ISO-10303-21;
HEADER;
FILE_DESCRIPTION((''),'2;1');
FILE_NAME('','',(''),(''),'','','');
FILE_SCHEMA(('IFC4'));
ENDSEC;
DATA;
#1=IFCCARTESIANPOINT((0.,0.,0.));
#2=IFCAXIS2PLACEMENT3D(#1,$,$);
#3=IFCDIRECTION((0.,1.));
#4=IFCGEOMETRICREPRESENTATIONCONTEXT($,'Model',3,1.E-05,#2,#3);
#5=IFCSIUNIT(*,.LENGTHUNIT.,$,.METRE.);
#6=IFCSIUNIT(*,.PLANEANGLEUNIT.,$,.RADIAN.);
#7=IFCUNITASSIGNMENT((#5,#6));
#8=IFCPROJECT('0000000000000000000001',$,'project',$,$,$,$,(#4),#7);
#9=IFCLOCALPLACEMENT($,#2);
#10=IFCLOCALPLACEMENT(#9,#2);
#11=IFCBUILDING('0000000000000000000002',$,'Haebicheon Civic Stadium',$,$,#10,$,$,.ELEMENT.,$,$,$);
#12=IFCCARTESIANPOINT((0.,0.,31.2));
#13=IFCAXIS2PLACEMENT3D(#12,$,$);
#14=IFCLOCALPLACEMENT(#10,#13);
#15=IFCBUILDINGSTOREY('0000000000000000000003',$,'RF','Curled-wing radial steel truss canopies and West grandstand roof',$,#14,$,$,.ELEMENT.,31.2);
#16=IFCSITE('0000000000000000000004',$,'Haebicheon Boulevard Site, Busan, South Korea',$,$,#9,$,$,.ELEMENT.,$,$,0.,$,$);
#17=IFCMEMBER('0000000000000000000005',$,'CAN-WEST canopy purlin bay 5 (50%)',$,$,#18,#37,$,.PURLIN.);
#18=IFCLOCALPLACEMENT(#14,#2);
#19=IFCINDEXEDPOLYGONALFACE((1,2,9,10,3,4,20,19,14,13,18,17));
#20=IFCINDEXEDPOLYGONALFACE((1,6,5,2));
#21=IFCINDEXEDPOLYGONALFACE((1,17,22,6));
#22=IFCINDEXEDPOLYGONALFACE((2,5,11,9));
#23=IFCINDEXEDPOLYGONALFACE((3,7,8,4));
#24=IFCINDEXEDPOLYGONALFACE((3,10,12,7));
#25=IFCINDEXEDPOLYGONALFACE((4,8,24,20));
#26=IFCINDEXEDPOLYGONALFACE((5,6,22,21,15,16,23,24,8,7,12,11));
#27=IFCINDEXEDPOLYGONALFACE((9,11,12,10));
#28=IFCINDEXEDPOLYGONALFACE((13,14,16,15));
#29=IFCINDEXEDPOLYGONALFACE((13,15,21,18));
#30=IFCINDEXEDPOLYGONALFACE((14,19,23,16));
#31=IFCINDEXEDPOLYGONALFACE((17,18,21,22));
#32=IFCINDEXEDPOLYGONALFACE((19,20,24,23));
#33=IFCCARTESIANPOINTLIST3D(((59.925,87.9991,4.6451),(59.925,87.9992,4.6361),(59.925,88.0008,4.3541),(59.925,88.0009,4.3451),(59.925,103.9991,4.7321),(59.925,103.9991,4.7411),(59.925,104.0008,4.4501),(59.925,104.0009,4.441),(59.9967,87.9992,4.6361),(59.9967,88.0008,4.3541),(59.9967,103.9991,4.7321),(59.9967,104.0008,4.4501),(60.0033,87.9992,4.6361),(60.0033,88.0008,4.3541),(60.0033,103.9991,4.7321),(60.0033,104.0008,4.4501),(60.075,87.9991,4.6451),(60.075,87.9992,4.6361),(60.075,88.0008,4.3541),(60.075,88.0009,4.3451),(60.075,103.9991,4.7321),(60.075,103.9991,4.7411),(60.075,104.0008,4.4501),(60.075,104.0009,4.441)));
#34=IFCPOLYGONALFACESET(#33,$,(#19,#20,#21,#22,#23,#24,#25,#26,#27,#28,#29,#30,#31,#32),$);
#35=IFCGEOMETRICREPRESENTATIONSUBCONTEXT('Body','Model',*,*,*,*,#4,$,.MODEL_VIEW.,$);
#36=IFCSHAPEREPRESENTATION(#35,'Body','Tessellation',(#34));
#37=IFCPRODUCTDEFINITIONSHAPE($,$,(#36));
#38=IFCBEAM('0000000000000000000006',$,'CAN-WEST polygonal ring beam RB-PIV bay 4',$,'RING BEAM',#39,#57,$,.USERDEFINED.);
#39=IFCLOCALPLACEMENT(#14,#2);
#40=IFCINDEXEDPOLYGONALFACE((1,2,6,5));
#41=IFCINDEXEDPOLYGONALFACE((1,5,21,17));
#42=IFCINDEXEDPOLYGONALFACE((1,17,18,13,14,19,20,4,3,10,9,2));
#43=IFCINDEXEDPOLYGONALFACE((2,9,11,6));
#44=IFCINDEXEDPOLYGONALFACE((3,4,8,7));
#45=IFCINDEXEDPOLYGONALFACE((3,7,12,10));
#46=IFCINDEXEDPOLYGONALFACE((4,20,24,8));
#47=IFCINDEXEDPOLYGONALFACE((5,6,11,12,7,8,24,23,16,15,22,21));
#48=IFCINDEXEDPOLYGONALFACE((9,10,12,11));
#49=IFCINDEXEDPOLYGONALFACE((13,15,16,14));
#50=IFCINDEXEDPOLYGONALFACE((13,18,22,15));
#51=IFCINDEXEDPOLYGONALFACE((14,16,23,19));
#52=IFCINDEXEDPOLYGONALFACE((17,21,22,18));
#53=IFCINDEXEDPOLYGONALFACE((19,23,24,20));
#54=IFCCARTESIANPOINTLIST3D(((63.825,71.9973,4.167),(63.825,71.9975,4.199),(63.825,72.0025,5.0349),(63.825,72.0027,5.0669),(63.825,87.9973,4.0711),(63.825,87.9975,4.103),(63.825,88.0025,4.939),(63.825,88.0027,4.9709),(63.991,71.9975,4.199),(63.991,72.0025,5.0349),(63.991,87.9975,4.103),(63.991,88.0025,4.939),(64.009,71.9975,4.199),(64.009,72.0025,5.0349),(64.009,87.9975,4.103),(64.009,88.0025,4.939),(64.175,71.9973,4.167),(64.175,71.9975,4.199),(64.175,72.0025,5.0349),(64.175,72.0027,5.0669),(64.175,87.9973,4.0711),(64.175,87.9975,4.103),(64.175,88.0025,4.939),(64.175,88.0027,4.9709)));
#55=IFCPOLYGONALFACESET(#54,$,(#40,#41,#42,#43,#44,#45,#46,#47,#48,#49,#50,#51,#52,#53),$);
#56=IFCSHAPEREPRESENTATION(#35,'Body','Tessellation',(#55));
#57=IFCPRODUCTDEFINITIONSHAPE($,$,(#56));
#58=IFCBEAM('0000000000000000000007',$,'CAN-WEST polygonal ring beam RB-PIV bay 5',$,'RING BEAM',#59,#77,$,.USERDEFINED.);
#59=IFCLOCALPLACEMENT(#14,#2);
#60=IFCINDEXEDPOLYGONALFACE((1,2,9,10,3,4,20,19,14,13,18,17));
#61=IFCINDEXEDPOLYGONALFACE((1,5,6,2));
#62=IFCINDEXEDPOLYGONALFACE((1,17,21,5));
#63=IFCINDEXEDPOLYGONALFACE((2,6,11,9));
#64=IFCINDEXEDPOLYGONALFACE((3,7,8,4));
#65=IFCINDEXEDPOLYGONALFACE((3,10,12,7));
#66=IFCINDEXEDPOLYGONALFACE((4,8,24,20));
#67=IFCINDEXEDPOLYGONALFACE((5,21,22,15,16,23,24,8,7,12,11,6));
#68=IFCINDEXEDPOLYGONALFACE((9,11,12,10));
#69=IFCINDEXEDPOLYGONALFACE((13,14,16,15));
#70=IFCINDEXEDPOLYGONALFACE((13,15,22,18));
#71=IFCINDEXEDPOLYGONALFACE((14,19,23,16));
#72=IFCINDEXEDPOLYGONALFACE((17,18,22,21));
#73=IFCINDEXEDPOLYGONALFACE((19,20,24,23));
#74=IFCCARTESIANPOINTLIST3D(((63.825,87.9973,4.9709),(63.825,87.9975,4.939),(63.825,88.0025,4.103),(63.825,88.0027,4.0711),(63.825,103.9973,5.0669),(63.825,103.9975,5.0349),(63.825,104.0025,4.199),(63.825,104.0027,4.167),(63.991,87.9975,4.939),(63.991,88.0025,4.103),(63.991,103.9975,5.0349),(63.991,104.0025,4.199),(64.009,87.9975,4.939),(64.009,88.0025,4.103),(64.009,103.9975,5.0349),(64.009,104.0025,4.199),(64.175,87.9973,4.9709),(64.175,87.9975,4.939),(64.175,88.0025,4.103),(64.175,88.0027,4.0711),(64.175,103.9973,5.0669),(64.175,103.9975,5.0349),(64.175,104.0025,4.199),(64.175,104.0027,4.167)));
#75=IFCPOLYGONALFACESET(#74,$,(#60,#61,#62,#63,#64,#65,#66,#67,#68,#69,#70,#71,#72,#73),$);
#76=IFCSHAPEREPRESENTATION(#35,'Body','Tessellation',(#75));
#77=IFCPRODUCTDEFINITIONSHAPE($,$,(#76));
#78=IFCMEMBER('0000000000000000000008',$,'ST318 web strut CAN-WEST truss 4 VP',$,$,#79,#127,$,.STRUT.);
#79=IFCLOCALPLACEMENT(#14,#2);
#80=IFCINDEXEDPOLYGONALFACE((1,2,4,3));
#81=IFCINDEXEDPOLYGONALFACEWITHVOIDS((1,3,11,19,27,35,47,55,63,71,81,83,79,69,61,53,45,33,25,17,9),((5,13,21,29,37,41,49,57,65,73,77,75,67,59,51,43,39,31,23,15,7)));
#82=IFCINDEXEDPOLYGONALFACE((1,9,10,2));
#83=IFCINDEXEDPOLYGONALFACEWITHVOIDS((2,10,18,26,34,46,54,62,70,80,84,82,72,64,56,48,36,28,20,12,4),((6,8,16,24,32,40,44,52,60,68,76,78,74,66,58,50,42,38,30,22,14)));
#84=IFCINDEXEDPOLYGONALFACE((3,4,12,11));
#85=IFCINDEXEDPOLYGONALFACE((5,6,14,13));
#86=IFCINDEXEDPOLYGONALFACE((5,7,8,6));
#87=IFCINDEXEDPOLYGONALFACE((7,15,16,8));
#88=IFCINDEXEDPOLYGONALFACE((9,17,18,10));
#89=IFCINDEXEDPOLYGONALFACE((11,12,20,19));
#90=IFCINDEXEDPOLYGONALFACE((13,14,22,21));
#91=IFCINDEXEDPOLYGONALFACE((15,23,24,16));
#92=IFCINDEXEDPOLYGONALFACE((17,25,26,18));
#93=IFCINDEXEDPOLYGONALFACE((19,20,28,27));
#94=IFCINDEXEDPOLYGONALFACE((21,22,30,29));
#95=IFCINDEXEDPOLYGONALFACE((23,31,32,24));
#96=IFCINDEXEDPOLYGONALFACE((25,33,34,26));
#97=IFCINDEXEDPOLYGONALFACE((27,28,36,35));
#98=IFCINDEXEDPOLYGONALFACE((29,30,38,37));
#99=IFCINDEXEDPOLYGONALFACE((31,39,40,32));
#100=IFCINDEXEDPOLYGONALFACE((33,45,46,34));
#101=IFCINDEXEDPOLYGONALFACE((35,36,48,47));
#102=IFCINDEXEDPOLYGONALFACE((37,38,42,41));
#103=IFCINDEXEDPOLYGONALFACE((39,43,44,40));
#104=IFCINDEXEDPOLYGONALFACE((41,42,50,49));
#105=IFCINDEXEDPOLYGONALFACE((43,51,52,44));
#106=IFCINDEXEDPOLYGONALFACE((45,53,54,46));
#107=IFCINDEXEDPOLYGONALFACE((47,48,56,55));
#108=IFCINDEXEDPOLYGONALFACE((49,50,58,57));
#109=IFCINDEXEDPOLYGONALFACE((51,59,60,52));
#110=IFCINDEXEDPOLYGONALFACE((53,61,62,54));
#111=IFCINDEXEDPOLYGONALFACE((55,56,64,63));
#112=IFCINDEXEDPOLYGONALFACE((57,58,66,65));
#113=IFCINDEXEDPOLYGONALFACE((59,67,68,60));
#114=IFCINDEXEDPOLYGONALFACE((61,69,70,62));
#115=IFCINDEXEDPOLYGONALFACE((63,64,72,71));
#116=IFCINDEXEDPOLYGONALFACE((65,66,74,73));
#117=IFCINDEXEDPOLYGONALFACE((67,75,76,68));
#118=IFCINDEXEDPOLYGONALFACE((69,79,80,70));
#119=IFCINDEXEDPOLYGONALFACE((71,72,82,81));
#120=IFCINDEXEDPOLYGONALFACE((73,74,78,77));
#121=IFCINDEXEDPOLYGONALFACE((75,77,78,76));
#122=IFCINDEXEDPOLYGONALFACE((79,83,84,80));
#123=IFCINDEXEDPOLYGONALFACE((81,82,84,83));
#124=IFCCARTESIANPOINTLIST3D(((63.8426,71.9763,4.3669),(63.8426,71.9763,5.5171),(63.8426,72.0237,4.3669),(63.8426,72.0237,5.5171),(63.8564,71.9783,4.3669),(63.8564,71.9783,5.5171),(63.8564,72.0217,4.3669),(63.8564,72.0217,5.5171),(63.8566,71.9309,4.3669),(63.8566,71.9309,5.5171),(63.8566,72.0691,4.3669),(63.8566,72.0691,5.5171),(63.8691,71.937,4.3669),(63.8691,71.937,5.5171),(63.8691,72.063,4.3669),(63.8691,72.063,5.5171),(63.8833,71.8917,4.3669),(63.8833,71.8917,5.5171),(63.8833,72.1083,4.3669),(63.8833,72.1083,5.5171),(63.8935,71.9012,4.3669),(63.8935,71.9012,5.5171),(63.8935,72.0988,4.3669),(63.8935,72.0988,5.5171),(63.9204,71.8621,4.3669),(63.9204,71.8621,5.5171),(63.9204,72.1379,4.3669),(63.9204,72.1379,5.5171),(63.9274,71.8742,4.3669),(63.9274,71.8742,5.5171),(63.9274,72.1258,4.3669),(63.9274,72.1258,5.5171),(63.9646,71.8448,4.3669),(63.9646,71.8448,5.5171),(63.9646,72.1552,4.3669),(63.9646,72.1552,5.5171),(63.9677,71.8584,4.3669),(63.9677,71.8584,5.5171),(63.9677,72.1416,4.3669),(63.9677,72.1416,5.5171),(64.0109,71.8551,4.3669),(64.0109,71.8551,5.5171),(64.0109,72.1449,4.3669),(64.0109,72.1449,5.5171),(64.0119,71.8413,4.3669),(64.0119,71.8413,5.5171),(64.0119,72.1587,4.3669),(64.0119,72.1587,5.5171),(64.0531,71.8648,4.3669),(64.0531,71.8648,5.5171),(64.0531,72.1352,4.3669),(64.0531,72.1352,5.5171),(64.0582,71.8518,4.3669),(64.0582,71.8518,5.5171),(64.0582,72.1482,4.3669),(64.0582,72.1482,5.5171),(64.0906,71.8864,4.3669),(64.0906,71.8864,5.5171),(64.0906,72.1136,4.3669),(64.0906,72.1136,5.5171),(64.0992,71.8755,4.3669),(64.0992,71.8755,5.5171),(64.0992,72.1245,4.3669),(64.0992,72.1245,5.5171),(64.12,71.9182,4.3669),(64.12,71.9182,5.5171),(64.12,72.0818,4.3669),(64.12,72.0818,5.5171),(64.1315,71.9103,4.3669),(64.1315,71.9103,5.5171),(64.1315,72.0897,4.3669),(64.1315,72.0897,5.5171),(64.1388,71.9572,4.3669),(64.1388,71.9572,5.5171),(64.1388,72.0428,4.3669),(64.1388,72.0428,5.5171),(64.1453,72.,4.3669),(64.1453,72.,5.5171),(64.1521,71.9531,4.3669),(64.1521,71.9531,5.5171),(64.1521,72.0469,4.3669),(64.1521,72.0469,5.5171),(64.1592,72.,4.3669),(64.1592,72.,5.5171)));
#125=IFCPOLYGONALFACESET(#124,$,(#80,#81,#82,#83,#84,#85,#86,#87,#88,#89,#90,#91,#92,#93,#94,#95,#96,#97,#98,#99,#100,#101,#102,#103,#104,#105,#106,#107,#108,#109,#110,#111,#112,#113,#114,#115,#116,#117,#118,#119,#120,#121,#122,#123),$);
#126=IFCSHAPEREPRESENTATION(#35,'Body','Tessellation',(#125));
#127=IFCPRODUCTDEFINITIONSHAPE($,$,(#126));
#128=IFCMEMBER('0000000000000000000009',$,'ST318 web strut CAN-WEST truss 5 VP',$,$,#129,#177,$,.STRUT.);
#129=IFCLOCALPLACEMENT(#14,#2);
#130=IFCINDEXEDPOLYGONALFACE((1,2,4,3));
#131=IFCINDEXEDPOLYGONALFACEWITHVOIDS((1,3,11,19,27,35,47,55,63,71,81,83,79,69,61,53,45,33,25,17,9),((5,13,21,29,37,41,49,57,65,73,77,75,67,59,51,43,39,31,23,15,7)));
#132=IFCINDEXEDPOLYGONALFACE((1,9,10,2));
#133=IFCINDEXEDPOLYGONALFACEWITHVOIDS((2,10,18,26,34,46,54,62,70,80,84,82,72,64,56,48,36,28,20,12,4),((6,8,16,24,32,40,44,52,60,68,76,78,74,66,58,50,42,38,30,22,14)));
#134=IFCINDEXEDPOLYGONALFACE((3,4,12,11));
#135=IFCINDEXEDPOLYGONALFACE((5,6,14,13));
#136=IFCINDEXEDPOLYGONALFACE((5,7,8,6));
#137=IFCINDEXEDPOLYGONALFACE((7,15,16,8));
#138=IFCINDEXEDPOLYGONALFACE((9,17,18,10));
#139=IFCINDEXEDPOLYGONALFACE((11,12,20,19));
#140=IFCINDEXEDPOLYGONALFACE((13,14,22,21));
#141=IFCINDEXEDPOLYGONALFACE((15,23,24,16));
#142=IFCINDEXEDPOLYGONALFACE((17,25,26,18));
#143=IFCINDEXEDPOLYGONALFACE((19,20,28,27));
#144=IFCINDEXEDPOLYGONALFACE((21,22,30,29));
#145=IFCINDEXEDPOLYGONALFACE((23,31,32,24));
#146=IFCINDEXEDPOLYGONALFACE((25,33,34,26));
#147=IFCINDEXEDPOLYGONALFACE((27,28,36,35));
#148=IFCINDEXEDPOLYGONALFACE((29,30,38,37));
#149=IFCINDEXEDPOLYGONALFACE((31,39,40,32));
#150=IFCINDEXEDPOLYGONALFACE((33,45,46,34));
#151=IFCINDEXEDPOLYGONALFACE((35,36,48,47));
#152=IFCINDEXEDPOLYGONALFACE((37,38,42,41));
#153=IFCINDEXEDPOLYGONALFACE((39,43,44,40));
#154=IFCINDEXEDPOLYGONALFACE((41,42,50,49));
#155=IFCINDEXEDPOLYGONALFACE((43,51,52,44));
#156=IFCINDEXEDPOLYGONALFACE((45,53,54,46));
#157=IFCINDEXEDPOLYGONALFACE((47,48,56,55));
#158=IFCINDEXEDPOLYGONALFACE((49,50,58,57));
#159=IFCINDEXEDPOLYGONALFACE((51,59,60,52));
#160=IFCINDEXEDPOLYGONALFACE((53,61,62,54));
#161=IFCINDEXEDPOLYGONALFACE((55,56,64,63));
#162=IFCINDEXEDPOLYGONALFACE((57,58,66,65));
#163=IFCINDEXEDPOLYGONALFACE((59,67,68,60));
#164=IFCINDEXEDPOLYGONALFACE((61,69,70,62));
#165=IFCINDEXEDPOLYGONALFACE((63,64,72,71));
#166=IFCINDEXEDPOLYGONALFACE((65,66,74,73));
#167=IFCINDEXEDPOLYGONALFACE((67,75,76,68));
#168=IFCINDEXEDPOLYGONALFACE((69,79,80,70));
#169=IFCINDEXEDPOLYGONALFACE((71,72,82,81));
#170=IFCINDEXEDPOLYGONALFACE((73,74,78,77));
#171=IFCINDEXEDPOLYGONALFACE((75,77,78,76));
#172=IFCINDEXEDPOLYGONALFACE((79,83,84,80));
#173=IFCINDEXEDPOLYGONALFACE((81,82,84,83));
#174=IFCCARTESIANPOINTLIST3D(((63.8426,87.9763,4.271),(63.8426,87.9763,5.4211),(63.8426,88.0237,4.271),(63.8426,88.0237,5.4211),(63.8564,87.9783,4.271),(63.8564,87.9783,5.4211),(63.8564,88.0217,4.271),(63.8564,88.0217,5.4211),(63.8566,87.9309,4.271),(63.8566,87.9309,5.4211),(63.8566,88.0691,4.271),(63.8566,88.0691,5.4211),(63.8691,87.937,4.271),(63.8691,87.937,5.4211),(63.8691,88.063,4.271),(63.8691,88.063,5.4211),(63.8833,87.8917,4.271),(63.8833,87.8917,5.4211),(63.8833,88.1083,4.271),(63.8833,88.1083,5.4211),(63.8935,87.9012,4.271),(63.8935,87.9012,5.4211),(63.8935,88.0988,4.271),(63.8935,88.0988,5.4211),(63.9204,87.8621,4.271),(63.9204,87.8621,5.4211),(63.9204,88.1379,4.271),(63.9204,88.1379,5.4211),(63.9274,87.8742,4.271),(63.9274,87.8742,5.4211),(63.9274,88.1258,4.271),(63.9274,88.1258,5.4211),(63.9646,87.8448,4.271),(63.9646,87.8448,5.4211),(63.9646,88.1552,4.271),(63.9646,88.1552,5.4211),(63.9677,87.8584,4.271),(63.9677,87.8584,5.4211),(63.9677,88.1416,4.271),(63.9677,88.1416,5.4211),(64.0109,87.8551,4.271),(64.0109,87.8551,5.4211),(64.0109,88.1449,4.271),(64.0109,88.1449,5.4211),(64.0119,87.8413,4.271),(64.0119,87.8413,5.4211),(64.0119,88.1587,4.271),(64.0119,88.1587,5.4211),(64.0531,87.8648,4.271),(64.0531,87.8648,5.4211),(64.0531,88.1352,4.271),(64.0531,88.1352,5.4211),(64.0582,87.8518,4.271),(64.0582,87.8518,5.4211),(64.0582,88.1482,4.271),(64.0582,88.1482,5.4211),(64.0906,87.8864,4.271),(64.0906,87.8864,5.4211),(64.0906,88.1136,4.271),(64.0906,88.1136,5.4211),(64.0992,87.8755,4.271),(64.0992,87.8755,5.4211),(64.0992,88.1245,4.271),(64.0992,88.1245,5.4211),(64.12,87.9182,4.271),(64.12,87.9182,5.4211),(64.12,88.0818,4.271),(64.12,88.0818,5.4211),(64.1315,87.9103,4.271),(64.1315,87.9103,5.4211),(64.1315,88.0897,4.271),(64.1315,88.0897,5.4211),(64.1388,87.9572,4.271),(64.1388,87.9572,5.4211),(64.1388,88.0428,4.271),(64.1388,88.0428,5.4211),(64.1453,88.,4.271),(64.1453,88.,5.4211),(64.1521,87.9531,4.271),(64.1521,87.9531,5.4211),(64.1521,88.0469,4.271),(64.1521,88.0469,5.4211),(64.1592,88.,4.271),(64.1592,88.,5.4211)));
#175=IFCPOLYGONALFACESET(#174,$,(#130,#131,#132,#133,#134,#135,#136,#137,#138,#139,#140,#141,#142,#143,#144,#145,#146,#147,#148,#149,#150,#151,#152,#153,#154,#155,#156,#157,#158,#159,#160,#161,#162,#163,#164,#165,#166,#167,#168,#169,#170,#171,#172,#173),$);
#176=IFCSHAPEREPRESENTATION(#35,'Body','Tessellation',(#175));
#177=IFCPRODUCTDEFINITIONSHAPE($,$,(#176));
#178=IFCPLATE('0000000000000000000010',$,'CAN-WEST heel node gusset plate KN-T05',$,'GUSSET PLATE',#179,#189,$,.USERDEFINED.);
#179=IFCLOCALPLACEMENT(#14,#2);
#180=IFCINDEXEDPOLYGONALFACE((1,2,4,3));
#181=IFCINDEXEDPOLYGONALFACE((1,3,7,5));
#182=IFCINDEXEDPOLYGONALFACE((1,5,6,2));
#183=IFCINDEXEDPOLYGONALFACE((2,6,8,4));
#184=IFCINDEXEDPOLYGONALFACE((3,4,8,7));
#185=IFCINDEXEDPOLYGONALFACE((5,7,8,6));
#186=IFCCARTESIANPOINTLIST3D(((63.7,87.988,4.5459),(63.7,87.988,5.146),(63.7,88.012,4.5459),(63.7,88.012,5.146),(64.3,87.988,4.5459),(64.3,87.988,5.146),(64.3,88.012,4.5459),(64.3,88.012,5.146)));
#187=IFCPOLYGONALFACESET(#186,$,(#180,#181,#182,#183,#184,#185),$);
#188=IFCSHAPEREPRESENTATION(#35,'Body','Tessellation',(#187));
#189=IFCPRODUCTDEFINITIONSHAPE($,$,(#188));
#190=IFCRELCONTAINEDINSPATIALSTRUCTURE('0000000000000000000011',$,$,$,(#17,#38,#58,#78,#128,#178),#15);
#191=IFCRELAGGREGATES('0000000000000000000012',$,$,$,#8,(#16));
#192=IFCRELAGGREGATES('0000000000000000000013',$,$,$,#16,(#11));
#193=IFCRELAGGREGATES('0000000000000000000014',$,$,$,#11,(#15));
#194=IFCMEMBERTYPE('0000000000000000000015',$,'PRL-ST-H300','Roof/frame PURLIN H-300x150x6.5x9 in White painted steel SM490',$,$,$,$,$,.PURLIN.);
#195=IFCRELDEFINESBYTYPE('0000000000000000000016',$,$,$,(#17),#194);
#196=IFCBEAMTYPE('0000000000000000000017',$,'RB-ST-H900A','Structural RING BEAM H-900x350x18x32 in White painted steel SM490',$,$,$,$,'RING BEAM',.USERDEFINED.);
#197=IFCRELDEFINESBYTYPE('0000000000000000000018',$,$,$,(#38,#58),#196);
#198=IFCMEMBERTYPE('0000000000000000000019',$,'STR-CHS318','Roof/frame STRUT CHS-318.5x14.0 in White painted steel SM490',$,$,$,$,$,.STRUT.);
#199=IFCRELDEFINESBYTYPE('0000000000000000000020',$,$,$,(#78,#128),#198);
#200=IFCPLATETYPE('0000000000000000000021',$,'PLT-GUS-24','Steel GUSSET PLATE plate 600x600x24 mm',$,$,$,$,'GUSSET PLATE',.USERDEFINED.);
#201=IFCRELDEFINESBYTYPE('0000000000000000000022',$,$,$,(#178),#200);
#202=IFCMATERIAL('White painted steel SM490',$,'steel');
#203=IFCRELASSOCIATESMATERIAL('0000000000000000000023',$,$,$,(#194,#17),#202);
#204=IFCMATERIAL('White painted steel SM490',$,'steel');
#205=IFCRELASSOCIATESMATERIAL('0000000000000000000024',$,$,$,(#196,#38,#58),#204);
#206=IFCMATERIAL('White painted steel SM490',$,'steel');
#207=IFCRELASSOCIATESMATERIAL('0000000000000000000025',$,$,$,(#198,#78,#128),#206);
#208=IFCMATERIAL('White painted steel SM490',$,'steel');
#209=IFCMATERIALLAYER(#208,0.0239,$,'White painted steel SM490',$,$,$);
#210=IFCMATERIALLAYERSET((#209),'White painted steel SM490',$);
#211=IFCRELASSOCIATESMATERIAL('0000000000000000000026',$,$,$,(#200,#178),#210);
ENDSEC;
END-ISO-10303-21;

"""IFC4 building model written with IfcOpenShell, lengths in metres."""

from ifc_helpers import new_model, si_unit, direction, frame, origin, origin_2d, place, context, subcontext, project, spatial, rectangle, hollow_circle, i_section, extrude, material, layer, layer_set, material_profile, profile_set, type_object, element, save


model = new_model("IFC4")

# Units and contexts
model_context = context("Model", 3, precision=1e-05, world=origin(), true_north=direction((0.0, 1.0)))
body_context = subcontext(model_context, "Body", "Model", "MODEL_VIEW")
ifc_project = project(units=[si_unit("LENGTHUNIT", "METRE"), si_unit("PLANEANGLEUNIT", "RADIAN")], contexts=[model_context])

# Site, building, storey
site_placement = place(None, origin())
site = spatial("IfcSite", under=ifc_project, at=site_placement, Name="Haebicheon Boulevard Site, Busan, South Korea", CompositionType="ELEMENT", RefElevation=0.0)
building_placement = place(site_placement, origin())
building = spatial("IfcBuilding", under=site, at=building_placement, Name="Haebicheon Civic Stadium", CompositionType="ELEMENT")
storey_placement = place(building_placement, frame((0.0, 0.0, 31.2)))
storey = spatial("IfcBuildingStorey", under=building, at=storey_placement, Name="RF", Description="Curled-wing radial steel truss canopies and West grandstand roof", CompositionType="ELEMENT", Elevation=31.2)

# Member
ifc_material_1 = material(Name="White painted steel SM490", Category="steel")
ifc_material_profile_1 = material_profile(ifc_material_1, i_section(OverallWidth=0.1499, OverallDepth=0.3, WebThickness=0.0066, FlangeThickness=0.009, at=origin_2d()), Name="H-300x150x6.5x9")
ifc_profile_set_1 = profile_set([ifc_material_profile_1], Name="White painted steel SM490")
member_type_1 = type_object("IfcMemberType", Name="PRL-ST-H300", Description="Roof/frame PURLIN H-300x150x6.5x9 in White painted steel SM490", PredefinedType="PURLIN", material=ifc_profile_set_1)
for number, where, z_axis, x_axis, name in (
    (1, (60.0, 88.0, 4.4951), (0.0, 0.999982, 0.005997), (-1.0, 0.0, 0.0), "CAN-WEST canopy purlin bay 5 (50%)"),
):
    element("IfcMember", number, at=place(storey_placement, frame(where, z_axis=z_axis, x_axis=x_axis)), inside=storey, type_object=member_type_1, material=ifc_profile_set_1, Name=name, PredefinedType="PURLIN", context=body_context, shape_type="SweptSolid", body=[
        extrude(i_section(OverallWidth=0.1499, OverallDepth=0.3, WebThickness=0.0066, FlangeThickness=0.009, at=origin_2d()), origin(), (0.0, 0.0, 1.0), 16.0002),
    ])

# Beams
ifc_material_2 = material(Name="White painted steel SM490", Category="steel")
ifc_material_profile_2 = material_profile(ifc_material_2, i_section(OverallWidth=0.3501, OverallDepth=0.8999, WebThickness=0.0181, FlangeThickness=0.032, at=origin_2d()), Name="H-900x350x18x32")
ifc_profile_set_2 = profile_set([ifc_material_profile_2], Name="White painted steel SM490")
beam_type = type_object("IfcBeamType", Name="RB-ST-H900A", Description="Structural RING BEAM H-900x350x18x32 in White painted steel SM490", ElementType="RING BEAM", PredefinedType="USERDEFINED", material=ifc_profile_set_2)
for number, where, z_axis, x_axis, name in (
    (2, (64.0, 72.0, 4.6169), (0.0, 0.999982, -0.005997), (-1.0, 0.0, 0.0), "CAN-WEST polygonal ring beam RB-PIV bay 4"),
    (3, (64.0, 88.0, 4.521), (0.0, 0.999982, 0.005997), (-1.0, 0.0, 0.0), "CAN-WEST polygonal ring beam RB-PIV bay 5"),
):
    element("IfcBeam", number, at=place(storey_placement, frame(where, z_axis=z_axis, x_axis=x_axis)), inside=storey, type_object=beam_type, material=ifc_profile_set_2, Name=name, ObjectType="RING BEAM", PredefinedType="USERDEFINED", context=body_context, shape_type="SweptSolid", body=[
        extrude(i_section(OverallWidth=0.3501, OverallDepth=0.8999, WebThickness=0.0181, FlangeThickness=0.032, at=origin_2d()), origin(), (0.0, 0.0, 1.0), 16.0002),
    ])

# Members
ifc_material_3 = material(Name="White painted steel SM490", Category="steel")
ifc_material_profile_3 = material_profile(ifc_material_3, hollow_circle(Radius=0.1592, WallThickness=0.0139, at=origin_2d()), Name="CHS-318.5x14.0")
ifc_profile_set_3 = profile_set([ifc_material_profile_3], Name="White painted steel SM490")
member_type_2 = type_object("IfcMemberType", Name="STR-CHS318", Description="Roof/frame STRUT CHS-318.5x14.0 in White painted steel SM490", PredefinedType="STRUT", material=ifc_profile_set_3)
for number, where, z_axis, x_axis, name in (
    (4, (64.0, 72.0, 4.3669), (0.0, 0.0, 1.0), (1.0, 0.0, 0.0), "ST318 web strut CAN-WEST truss 4 VP"),
    (5, (64.0, 88.0, 4.271), (0.0, 0.0, 1.0), (1.0, 0.0, 0.0), "ST318 web strut CAN-WEST truss 5 VP"),
):
    element("IfcMember", number, at=place(storey_placement, frame(where, z_axis=z_axis, x_axis=x_axis)), inside=storey, type_object=member_type_2, material=ifc_profile_set_3, Name=name, PredefinedType="STRUT", context=body_context, shape_type="SweptSolid", body=[
        extrude(hollow_circle(Radius=0.1592, WallThickness=0.0139, at=origin_2d()), origin(), (0.0, 0.0, 1.0), 1.1501),
    ])

# Plate
ifc_material_4 = material(Name="White painted steel SM490", Category="steel")
ifc_layer_1 = layer(ifc_material_4, 0.0239, Name="White painted steel SM490")
ifc_layer_set_1 = layer_set([ifc_layer_1], Name="White painted steel SM490")
plate_type_1 = type_object("IfcPlateType", Name="PLT-GUS-24", Description="Steel GUSSET PLATE plate 600x600x24 mm", ElementType="GUSSET PLATE", PredefinedType="USERDEFINED", material=ifc_layer_set_1)
plate_1_placement = place(storey_placement, frame((64.0, 88.0, 4.5459), z_axis=(0.0, 0.0, 1.0), x_axis=(1.0, 0.0, 0.0)))
element("IfcPlate", 6, at=plate_1_placement, inside=storey, type_object=plate_type_1, material=ifc_layer_set_1, Name="CAN-WEST heel node gusset plate KN-T05", ObjectType="GUSSET PLATE", PredefinedType="USERDEFINED", context=body_context, shape_type="SweptSolid", body=[
    extrude(rectangle(XDim=0.6001, YDim=0.0239, at=origin_2d()), origin(), (0.0, 0.0, 1.0), 0.6001),
])

save(model, "model.ifc")
